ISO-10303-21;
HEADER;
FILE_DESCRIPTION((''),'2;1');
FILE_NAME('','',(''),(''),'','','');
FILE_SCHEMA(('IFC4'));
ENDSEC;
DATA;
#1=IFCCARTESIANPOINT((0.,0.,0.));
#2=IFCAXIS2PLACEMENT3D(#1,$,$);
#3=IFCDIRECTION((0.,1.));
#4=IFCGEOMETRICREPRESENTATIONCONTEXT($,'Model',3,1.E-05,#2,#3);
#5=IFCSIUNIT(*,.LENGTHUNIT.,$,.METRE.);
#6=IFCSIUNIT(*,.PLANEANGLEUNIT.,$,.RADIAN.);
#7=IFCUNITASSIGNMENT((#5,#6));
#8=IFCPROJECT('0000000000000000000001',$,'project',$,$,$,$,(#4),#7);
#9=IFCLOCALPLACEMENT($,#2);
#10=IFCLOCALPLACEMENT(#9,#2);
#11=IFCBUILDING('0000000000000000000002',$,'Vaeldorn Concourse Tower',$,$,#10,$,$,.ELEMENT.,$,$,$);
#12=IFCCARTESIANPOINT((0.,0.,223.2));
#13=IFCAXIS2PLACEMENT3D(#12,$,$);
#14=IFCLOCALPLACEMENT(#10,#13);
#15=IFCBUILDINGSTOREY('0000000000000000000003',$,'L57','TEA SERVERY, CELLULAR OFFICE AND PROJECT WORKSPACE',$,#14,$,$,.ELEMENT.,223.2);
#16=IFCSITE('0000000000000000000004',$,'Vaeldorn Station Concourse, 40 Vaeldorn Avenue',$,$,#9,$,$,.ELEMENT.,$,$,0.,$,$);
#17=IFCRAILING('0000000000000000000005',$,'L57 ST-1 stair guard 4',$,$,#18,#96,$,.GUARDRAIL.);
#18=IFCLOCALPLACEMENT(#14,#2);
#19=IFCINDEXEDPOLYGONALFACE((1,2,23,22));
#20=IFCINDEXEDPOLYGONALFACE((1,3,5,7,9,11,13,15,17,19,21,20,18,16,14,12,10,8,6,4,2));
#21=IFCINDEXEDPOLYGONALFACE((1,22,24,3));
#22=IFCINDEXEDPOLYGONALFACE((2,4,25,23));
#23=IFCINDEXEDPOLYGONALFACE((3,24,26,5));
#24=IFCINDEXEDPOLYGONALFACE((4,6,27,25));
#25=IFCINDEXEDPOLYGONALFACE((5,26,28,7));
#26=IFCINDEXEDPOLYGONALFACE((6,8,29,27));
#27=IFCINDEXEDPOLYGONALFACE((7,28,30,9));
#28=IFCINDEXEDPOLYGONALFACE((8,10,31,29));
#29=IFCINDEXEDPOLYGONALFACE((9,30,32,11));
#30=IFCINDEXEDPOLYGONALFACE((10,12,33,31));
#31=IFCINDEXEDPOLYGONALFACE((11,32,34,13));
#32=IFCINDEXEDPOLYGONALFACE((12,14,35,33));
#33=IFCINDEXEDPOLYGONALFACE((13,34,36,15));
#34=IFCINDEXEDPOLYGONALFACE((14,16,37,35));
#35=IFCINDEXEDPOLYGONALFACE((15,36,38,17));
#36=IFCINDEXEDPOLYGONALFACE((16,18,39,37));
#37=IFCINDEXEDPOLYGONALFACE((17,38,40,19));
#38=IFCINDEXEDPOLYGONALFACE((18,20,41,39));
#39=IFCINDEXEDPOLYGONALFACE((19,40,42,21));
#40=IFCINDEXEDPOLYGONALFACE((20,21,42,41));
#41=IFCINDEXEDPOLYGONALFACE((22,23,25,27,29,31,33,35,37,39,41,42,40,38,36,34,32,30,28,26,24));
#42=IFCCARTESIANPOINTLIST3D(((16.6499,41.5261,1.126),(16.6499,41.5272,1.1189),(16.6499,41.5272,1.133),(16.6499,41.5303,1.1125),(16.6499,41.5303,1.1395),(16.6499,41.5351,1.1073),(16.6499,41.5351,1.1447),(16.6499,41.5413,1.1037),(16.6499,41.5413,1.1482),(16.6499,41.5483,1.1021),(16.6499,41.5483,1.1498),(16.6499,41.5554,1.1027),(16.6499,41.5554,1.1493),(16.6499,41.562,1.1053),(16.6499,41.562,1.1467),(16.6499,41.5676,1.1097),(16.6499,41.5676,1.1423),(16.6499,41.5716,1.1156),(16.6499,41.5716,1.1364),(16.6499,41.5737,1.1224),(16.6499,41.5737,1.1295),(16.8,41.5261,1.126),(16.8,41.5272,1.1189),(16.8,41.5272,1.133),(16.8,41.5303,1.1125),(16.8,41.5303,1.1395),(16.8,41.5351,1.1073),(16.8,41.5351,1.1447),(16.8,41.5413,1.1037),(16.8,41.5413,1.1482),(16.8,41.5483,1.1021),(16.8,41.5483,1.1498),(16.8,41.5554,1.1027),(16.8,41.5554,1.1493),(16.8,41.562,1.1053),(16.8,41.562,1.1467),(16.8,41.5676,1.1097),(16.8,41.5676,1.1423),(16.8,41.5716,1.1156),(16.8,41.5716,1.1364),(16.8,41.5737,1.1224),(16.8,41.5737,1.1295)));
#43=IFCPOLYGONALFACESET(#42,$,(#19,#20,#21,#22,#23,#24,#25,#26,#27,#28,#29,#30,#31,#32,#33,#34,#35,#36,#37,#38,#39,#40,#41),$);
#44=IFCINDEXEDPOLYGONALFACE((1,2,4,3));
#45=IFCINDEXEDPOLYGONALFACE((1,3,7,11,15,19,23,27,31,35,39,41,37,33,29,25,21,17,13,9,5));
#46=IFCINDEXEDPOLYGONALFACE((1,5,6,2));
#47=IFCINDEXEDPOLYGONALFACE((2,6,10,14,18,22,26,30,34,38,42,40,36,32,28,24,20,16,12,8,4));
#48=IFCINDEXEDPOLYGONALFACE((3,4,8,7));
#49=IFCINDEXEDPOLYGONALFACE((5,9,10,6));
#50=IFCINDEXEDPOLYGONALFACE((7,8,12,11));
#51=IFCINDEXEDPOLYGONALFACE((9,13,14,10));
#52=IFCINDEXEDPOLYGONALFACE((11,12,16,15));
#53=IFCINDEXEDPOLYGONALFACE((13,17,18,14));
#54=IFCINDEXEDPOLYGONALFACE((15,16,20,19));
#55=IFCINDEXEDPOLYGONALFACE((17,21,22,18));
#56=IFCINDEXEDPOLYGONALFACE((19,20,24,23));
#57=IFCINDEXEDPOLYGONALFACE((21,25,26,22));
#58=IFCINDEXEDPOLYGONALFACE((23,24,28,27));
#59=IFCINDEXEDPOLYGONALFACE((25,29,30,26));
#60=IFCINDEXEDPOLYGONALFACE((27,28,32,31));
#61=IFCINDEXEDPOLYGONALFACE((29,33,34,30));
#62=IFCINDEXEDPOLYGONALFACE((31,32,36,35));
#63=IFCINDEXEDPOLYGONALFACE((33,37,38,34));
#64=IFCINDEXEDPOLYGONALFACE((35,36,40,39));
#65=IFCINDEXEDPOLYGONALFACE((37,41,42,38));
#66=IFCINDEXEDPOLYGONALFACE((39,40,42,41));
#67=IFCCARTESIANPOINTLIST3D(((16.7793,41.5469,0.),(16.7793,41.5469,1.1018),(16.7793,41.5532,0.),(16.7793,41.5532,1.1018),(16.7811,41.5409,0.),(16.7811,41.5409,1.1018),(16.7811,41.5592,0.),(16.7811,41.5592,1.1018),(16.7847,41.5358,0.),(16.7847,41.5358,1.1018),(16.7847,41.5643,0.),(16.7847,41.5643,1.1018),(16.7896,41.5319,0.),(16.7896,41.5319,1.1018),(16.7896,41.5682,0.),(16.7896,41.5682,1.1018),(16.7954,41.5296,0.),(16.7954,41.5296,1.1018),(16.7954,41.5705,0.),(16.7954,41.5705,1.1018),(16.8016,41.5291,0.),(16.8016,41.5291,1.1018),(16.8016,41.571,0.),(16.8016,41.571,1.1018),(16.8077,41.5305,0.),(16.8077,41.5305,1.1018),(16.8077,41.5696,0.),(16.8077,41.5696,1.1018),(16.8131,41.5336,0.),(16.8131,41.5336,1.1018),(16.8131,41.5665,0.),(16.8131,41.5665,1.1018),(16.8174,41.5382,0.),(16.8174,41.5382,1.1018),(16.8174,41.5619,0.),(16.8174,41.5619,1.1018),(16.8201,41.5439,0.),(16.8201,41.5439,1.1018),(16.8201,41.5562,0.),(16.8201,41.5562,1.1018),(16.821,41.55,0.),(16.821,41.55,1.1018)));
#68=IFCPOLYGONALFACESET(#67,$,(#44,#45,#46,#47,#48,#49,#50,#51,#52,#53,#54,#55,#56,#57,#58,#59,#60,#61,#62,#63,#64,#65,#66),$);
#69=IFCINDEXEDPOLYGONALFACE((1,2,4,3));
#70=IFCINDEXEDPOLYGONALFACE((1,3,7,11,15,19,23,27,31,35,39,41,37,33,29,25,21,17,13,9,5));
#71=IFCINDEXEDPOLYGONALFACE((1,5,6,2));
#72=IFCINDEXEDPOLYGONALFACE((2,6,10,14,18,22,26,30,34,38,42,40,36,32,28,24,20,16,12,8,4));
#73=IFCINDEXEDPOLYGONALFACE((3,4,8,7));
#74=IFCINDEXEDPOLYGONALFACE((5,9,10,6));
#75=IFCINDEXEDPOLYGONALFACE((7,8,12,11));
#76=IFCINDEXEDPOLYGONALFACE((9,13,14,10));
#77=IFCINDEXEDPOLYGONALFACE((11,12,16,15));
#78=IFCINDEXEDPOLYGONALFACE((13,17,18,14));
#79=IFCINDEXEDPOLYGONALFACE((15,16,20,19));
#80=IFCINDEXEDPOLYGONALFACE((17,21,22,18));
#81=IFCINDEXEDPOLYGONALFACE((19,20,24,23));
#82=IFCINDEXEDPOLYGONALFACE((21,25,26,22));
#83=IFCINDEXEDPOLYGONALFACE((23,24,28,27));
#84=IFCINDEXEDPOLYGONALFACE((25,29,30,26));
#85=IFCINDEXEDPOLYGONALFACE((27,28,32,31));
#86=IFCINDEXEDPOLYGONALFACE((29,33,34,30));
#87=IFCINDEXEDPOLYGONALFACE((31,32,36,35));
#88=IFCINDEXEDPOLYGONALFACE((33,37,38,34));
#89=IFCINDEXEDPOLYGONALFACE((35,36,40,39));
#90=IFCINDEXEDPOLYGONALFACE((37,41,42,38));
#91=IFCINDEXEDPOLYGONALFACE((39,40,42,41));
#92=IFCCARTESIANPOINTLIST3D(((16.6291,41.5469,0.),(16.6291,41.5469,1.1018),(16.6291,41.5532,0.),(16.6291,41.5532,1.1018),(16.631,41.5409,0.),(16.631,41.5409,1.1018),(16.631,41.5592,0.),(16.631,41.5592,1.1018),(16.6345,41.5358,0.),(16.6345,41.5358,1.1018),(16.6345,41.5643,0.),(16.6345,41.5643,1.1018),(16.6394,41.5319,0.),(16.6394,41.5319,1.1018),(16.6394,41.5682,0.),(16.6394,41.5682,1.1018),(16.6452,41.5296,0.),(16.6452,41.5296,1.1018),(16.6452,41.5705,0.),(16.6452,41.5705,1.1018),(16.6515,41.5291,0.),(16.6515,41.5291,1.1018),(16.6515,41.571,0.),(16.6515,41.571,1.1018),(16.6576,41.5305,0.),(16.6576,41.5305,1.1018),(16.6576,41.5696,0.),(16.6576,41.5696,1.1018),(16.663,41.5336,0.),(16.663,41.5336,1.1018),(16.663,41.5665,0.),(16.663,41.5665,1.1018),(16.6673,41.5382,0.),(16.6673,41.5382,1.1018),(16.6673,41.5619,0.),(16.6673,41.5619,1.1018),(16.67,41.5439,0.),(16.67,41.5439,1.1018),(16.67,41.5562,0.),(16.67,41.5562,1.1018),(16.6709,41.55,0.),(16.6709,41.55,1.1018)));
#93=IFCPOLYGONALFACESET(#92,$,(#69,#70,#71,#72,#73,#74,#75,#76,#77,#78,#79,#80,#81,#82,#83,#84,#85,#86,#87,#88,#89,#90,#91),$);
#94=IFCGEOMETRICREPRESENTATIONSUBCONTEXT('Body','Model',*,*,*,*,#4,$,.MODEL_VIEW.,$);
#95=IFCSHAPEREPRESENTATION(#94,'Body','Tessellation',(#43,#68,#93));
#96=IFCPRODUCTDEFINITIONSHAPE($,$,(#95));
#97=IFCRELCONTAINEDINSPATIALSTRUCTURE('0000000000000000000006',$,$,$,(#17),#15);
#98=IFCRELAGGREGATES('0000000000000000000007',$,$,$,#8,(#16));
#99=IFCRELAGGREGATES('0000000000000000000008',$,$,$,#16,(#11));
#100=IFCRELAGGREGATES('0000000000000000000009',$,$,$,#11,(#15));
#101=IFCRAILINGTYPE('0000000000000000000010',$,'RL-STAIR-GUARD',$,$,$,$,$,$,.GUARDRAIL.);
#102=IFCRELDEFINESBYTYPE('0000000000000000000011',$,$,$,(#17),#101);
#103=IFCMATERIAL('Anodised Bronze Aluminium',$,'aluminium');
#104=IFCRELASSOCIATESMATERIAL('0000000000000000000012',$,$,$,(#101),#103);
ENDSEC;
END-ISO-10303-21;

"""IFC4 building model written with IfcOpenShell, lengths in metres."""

from ifc_helpers import new_model, si_unit, direction, frame, origin, origin_2d, place, context, subcontext, project, spatial, circle, extrude, material, type_object, element, save


model = new_model("IFC4")

# Units and contexts
model_context = context("Model", 3, precision=1e-05, world=origin(), true_north=direction((0.0, 1.0)))
body_context = subcontext(model_context, "Body", "Model", "MODEL_VIEW")
ifc_project = project(units=[si_unit("LENGTHUNIT", "METRE"), si_unit("PLANEANGLEUNIT", "RADIAN")], contexts=[model_context])

# Site, building, storey
site_placement = place(None, origin())
site = spatial("IfcSite", under=ifc_project, at=site_placement, Name="Vaeldorn Station Concourse, 40 Vaeldorn Avenue", CompositionType="ELEMENT", RefElevation=0.0)
building_placement = place(site_placement, origin())
building = spatial("IfcBuilding", under=site, at=building_placement, Name="Vaeldorn Concourse Tower", CompositionType="ELEMENT")
storey_placement = place(building_placement, frame((0.0, 0.0, 223.2)))
storey = spatial("IfcBuildingStorey", under=building, at=storey_placement, Name="L57", Description="TEA SERVERY, CELLULAR OFFICE AND PROJECT WORKSPACE", CompositionType="ELEMENT", Elevation=223.2)

# Shared definitions
ifc_material_1 = material(Name="Anodised Bronze Aluminium", Category="aluminium")

# Railing
railing_type_1 = type_object("IfcRailingType", Name="RL-STAIR-GUARD", PredefinedType="GUARDRAIL", material=ifc_material_1)
railing_1_placement = place(storey_placement, frame((16.8, 41.55, 0.0)))
element("IfcRailing", 1, at=railing_1_placement, inside=storey, type_object=railing_type_1, Name="L57 ST-1 stair guard 4", PredefinedType="GUARDRAIL", context=body_context, shape_type="SweptSolid", body=[
    extrude(circle(Radius=0.0239, at=origin_2d()), frame((0.0, 0.0, 1.126), z_axis=(-1.0, 0.0, 0.0), x_axis=(0.0, -1.0, 0.0)), (0.0, 0.0, 1.0), 0.1501),
    extrude(circle(Radius=0.021, at=origin_2d()), origin(), (0.0, 0.0, 1.0), 1.1018),
    extrude(circle(Radius=0.021, at=origin_2d()), frame((-0.1501, 0.0, 0.0)), (0.0, 0.0, 1.0), 1.1018),
])

save(model, "model.ifc")
